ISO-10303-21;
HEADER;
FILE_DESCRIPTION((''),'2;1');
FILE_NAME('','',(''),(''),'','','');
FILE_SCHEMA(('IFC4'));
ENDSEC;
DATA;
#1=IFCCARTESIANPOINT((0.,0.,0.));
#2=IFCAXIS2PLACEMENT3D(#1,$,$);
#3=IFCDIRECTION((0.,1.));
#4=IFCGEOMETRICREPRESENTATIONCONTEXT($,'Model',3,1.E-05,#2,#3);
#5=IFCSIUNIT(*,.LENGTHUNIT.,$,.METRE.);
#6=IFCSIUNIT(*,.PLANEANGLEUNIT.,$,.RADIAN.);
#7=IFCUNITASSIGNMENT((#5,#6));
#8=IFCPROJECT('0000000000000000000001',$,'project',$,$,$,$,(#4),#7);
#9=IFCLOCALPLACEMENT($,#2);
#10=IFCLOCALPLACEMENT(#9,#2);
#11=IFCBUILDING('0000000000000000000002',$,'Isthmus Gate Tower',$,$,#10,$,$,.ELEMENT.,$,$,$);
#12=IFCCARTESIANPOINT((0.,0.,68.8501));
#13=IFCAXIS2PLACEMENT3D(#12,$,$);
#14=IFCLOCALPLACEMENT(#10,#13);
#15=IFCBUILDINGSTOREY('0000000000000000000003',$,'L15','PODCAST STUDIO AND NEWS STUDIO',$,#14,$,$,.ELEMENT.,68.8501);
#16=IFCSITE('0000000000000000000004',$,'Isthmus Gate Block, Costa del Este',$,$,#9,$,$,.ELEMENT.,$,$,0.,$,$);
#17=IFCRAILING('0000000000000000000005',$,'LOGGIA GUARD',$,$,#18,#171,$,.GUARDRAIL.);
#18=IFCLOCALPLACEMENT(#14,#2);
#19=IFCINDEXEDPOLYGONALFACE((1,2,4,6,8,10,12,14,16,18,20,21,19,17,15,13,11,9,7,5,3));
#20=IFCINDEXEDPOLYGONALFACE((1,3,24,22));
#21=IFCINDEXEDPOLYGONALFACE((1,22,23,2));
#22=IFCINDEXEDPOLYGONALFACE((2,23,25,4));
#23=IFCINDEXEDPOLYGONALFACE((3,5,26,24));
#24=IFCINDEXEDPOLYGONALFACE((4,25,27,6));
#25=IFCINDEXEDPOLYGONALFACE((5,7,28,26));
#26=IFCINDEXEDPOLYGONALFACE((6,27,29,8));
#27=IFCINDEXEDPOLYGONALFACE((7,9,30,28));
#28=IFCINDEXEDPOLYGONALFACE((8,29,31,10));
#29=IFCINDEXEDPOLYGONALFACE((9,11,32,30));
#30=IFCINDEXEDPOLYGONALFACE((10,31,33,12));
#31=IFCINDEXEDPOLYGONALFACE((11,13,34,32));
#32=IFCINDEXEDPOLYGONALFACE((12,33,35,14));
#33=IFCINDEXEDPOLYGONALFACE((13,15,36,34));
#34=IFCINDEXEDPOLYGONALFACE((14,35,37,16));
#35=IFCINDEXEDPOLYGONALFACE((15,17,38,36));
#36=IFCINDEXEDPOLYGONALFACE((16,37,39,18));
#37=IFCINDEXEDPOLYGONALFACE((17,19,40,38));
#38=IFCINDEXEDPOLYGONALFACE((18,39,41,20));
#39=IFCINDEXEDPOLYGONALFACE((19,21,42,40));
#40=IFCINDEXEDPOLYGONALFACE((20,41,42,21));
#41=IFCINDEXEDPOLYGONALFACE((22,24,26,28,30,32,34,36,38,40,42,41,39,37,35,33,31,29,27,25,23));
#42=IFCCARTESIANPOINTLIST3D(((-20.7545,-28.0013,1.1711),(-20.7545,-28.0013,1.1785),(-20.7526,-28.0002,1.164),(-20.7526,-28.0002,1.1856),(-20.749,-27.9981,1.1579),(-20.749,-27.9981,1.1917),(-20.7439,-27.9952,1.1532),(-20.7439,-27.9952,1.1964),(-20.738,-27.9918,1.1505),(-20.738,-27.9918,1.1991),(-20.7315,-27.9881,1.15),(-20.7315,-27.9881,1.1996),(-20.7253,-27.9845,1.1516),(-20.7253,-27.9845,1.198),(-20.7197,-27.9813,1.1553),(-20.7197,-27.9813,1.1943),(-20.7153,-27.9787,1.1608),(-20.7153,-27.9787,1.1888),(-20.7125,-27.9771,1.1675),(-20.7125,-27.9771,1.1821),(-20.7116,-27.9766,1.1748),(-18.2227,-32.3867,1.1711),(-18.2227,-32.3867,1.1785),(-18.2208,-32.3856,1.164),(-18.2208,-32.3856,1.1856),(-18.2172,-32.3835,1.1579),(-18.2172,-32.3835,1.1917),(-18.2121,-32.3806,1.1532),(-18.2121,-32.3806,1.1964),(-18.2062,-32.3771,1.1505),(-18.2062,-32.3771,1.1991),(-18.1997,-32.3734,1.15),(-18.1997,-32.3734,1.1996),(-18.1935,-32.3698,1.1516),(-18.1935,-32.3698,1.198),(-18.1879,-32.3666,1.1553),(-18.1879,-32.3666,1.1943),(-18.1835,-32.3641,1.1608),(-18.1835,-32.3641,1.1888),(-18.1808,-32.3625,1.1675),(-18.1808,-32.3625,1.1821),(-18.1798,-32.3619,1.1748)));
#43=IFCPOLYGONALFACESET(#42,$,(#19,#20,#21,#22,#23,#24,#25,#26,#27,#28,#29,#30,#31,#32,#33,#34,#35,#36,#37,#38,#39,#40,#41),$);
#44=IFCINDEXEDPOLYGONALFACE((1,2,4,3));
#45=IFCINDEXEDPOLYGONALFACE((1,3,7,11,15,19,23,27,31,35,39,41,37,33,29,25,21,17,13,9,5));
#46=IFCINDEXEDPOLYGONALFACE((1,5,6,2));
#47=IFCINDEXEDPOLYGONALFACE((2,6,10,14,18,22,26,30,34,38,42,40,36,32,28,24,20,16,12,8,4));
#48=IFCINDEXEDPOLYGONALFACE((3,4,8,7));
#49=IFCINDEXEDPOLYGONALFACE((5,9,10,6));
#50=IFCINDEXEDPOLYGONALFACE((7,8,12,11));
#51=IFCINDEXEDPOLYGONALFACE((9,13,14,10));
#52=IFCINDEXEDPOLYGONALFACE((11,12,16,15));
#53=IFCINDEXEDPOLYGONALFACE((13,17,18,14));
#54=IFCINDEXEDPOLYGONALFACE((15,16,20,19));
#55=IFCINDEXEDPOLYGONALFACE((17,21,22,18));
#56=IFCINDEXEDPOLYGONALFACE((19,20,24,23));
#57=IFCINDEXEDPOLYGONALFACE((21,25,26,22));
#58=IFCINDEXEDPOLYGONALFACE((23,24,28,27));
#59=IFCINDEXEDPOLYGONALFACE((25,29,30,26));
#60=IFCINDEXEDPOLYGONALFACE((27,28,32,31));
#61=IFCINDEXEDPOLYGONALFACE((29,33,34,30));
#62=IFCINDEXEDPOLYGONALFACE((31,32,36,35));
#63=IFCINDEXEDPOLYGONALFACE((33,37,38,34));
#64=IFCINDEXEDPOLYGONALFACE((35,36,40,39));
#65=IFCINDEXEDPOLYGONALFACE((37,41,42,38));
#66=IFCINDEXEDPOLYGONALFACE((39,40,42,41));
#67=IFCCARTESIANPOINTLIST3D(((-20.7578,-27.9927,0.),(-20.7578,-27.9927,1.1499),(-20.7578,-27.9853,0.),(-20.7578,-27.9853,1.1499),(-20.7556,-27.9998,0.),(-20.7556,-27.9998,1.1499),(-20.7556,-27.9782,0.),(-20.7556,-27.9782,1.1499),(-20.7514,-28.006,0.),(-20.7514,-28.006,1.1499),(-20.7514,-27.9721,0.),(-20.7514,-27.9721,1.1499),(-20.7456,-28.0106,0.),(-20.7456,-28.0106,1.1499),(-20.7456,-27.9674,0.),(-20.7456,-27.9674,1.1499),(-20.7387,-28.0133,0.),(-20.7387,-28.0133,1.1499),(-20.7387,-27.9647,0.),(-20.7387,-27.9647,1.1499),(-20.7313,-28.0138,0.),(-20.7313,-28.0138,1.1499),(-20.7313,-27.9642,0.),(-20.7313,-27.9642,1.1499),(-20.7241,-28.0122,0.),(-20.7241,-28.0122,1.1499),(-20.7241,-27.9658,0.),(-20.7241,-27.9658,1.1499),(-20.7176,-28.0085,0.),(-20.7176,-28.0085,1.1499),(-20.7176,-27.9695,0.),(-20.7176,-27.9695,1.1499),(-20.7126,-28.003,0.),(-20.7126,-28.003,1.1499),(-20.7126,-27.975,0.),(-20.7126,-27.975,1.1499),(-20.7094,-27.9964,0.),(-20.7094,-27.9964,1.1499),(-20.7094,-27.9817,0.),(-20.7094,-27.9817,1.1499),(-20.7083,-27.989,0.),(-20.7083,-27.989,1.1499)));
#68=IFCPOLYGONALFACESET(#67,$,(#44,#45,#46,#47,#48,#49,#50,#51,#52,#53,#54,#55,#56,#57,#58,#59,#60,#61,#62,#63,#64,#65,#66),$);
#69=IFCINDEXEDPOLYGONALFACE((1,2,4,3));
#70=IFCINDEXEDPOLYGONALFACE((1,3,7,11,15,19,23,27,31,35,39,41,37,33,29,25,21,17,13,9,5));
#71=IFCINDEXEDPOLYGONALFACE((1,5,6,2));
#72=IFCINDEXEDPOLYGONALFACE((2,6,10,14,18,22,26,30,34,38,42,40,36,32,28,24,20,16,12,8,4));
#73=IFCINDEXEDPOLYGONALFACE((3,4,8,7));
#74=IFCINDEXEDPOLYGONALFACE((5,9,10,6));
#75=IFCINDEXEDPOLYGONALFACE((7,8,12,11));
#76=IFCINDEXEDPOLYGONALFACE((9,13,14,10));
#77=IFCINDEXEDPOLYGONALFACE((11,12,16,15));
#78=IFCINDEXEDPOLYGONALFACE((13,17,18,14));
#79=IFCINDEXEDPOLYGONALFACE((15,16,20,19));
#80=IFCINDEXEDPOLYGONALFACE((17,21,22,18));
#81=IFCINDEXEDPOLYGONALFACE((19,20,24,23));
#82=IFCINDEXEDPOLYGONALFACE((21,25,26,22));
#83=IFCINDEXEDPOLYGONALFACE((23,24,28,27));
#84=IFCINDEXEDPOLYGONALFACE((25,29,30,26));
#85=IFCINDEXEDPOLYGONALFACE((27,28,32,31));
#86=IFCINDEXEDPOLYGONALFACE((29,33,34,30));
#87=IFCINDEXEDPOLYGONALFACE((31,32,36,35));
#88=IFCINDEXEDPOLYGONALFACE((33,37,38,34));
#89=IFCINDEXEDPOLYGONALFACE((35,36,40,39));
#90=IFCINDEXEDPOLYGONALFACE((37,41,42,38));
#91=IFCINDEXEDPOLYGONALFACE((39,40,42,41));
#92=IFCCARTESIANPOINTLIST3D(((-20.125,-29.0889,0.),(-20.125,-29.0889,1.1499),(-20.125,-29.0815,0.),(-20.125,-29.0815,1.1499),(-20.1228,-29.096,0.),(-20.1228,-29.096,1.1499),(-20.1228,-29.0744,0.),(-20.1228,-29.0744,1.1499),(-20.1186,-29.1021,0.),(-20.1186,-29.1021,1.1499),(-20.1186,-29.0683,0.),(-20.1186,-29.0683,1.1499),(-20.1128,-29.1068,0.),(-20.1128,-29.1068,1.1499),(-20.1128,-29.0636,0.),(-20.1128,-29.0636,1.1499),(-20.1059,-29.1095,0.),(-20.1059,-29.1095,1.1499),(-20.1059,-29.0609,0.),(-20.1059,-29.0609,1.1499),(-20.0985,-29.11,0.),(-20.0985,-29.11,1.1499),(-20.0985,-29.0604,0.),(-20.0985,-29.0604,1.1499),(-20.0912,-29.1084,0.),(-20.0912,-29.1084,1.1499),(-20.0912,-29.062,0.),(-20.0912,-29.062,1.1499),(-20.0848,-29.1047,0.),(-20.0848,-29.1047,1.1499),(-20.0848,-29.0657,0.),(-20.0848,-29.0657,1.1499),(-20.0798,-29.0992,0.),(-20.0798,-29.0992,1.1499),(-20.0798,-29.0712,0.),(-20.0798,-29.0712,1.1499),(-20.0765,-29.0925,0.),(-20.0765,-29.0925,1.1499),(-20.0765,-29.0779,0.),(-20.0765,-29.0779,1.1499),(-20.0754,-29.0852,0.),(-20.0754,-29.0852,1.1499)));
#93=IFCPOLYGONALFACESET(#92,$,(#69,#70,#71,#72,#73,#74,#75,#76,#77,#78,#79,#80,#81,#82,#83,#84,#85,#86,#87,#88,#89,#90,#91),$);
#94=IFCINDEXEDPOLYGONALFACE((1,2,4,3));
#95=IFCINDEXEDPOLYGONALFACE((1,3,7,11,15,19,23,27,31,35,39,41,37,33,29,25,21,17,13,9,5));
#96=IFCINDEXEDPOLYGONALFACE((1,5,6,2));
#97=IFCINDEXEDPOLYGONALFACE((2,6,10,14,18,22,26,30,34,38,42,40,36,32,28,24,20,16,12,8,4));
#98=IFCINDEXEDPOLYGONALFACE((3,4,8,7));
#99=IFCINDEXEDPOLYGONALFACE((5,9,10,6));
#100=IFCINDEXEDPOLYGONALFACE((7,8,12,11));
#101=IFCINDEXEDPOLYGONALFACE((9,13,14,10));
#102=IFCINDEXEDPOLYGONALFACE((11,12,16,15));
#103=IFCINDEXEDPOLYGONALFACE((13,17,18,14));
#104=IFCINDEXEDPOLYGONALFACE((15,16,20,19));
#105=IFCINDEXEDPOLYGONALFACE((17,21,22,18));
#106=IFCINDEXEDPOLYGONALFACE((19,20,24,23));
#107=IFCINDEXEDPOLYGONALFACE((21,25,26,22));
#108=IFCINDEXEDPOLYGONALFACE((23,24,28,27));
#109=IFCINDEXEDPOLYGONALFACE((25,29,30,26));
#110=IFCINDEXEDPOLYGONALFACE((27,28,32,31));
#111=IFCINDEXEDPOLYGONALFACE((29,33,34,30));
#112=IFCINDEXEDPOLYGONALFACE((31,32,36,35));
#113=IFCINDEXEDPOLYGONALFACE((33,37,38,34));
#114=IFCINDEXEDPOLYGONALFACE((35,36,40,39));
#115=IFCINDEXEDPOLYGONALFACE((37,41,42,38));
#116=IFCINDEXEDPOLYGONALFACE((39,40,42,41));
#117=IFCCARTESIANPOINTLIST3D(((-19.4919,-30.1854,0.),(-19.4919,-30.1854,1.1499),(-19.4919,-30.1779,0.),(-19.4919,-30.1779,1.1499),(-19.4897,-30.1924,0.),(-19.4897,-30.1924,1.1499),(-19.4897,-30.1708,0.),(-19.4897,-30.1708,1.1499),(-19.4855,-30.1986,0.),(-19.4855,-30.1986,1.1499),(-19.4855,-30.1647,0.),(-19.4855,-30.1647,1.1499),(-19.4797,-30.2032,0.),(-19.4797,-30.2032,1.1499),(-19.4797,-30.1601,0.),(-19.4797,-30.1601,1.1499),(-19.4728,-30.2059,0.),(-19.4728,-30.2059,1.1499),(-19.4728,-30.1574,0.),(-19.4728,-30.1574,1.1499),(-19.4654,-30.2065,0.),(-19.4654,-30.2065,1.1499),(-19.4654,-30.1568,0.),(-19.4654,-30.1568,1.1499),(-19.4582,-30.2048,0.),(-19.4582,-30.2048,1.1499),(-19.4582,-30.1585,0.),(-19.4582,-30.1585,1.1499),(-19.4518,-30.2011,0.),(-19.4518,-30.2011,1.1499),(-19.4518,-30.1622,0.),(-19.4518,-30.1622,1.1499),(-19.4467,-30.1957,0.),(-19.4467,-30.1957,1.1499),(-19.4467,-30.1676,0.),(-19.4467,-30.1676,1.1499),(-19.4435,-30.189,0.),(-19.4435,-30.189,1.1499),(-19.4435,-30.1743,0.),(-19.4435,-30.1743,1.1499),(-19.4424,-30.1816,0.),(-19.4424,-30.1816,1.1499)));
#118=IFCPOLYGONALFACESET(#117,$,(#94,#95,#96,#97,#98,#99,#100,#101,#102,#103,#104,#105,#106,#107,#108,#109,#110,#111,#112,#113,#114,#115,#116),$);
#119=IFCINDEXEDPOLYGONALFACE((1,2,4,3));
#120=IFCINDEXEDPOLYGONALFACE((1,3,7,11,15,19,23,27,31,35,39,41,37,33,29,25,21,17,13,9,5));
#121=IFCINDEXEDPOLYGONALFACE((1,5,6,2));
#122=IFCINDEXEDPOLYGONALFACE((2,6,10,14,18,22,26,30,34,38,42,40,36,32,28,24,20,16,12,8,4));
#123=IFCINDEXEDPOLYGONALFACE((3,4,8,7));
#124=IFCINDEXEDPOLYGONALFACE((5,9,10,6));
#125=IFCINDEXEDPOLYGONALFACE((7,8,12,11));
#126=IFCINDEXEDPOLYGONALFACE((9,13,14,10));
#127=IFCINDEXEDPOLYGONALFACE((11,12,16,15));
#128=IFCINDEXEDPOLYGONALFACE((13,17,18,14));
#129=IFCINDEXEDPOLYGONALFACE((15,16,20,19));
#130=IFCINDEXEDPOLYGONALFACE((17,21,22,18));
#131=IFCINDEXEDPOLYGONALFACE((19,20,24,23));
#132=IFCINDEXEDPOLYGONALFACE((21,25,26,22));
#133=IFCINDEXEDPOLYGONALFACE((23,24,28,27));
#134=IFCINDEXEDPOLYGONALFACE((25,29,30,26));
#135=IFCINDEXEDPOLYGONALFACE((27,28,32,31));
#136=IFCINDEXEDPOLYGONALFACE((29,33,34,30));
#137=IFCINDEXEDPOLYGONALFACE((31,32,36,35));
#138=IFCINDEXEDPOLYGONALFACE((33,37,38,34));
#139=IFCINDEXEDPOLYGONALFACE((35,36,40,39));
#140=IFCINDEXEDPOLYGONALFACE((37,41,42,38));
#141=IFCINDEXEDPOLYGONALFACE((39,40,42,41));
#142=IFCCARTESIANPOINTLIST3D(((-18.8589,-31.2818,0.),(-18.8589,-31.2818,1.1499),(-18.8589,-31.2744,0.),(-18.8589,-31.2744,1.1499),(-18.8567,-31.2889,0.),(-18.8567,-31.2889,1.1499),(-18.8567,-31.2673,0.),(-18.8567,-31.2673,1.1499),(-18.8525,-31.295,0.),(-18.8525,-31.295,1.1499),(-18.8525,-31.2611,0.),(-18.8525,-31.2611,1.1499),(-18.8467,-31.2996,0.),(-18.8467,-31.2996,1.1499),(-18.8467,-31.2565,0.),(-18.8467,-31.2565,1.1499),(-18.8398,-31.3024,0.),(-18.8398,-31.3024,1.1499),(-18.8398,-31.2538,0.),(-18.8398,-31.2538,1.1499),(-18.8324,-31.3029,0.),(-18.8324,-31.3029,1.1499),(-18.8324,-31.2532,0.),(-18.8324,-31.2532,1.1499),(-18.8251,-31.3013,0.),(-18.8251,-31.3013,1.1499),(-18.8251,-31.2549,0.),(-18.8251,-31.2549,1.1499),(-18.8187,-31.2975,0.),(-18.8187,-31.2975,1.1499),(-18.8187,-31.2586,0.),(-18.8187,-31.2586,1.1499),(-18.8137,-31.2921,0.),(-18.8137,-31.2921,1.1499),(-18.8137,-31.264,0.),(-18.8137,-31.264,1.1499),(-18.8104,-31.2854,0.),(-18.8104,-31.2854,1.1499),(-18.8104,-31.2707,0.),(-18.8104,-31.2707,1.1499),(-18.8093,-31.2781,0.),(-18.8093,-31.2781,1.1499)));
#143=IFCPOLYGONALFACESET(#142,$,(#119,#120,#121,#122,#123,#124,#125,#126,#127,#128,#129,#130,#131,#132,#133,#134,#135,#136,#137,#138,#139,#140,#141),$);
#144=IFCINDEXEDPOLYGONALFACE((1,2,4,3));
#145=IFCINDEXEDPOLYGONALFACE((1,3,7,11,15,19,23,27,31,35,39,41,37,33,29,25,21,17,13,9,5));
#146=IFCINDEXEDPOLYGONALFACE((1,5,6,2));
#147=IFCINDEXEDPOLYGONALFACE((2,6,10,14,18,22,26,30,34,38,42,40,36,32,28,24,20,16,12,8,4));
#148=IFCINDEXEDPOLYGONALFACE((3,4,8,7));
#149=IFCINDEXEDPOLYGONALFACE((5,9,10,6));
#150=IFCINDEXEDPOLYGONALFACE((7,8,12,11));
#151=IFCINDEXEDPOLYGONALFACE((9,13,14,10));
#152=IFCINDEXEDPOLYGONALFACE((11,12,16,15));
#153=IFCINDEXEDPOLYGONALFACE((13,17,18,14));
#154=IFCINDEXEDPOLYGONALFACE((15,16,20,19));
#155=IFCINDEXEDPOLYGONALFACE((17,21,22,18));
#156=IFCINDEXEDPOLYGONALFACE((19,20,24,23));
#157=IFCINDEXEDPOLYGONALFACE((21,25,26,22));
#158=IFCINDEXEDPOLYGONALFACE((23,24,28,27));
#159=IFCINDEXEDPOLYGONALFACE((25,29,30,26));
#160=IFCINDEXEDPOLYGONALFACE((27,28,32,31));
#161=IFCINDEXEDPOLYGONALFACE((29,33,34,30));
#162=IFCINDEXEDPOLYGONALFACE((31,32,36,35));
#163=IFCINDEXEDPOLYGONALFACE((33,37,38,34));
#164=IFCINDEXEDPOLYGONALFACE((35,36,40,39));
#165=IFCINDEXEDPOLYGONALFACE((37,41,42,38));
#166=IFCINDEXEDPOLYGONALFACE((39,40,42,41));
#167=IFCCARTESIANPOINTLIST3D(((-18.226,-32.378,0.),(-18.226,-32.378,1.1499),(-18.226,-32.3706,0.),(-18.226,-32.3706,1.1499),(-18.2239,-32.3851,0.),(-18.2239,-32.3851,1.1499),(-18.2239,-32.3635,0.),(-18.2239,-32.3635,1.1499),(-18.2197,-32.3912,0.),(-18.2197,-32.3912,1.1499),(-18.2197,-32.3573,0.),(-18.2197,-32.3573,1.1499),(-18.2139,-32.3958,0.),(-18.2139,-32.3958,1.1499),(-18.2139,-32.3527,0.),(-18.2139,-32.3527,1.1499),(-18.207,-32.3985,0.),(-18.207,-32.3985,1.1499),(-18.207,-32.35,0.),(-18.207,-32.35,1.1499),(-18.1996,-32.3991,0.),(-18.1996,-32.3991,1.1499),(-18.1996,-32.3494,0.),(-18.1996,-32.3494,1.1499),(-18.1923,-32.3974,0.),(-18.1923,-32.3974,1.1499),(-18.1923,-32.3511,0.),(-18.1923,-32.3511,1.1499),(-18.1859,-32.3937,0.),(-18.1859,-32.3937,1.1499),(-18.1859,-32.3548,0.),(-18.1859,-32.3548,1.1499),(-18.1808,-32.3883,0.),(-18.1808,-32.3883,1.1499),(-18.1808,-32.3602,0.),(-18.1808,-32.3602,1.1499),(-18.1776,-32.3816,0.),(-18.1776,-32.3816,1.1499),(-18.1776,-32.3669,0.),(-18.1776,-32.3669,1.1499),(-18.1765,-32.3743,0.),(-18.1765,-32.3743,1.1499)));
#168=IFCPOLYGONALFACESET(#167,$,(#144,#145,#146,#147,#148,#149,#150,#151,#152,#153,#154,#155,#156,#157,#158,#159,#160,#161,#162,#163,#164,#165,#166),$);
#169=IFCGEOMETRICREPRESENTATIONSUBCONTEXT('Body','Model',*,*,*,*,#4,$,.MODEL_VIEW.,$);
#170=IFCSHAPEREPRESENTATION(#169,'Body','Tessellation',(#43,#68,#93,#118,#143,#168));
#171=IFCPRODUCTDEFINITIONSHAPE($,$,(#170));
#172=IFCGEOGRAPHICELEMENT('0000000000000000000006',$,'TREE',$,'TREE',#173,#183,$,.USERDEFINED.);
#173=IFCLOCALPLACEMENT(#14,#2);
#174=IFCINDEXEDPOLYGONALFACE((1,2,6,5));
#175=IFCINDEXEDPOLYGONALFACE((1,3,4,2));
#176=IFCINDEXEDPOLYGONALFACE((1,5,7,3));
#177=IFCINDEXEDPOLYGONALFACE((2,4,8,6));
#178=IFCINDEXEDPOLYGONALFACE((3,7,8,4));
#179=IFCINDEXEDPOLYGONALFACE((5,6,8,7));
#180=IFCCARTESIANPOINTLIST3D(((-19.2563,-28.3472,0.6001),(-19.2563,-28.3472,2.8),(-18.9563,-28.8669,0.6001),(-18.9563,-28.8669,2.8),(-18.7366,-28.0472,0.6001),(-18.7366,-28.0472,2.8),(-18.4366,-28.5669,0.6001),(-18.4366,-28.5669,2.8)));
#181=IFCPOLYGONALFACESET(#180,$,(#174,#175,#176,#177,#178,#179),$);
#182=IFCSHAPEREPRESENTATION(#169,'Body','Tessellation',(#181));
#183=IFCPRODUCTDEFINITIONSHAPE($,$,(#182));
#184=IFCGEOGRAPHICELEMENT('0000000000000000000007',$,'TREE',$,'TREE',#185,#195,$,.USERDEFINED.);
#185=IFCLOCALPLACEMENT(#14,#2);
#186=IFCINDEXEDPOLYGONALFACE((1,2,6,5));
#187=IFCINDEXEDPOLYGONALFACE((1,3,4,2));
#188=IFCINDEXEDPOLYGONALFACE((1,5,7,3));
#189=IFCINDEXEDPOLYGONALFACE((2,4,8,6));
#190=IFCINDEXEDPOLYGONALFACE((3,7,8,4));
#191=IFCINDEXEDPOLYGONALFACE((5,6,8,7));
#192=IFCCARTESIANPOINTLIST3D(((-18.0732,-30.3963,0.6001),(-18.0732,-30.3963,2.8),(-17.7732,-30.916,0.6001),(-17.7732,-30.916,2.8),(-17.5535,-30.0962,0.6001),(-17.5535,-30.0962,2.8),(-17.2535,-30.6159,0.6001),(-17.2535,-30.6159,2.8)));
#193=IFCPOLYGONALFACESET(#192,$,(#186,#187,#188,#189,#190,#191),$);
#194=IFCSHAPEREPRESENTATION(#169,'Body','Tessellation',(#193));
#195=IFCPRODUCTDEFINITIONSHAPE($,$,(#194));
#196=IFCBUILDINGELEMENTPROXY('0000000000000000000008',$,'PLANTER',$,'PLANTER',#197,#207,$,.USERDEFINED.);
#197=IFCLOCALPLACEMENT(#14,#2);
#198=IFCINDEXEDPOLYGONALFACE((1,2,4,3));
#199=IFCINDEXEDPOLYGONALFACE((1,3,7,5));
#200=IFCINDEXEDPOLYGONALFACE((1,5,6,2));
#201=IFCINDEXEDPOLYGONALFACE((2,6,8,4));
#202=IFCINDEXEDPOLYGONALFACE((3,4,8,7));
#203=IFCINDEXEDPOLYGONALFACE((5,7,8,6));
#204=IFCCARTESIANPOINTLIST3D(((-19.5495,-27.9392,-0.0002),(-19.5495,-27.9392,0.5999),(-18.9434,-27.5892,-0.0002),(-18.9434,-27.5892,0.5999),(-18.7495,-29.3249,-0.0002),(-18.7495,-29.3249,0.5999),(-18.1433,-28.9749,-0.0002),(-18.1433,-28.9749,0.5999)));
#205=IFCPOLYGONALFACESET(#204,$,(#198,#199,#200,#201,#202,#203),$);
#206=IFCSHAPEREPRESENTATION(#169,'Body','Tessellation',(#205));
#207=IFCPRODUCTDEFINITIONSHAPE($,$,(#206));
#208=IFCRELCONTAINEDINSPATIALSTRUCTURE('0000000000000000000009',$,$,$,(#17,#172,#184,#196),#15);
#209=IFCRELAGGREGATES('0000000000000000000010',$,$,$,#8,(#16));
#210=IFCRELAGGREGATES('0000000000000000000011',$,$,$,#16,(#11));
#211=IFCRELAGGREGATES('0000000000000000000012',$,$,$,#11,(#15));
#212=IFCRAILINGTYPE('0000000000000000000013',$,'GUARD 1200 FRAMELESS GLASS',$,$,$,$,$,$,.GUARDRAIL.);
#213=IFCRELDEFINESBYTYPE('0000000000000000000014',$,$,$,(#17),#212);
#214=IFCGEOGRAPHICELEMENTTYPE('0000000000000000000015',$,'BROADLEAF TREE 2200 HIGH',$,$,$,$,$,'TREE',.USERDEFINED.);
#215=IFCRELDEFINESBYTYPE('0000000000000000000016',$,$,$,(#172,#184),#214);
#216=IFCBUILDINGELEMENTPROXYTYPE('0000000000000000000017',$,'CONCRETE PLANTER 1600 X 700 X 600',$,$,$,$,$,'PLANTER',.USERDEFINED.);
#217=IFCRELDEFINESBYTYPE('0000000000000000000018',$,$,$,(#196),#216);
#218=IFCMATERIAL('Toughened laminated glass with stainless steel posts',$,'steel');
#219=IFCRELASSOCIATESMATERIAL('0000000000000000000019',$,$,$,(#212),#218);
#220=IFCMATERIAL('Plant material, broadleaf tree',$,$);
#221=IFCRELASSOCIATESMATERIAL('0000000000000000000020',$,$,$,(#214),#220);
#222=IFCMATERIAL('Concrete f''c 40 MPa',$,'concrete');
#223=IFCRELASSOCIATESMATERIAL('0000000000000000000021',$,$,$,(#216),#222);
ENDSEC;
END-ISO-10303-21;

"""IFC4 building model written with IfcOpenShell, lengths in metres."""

from ifc_helpers import new_model, si_unit, direction, frame, origin, origin_2d, place, context, subcontext, project, spatial, rectangle, circle, extrude, material, type_object, element, save


model = new_model("IFC4")

# Units and contexts
model_context = context("Model", 3, precision=1e-05, world=origin(), true_north=direction((0.0, 1.0)))
body_context = subcontext(model_context, "Body", "Model", "MODEL_VIEW")
ifc_project = project(units=[si_unit("LENGTHUNIT", "METRE"), si_unit("PLANEANGLEUNIT", "RADIAN")], contexts=[model_context])

# Site, building, storey
site_placement = place(None, origin())
site = spatial("IfcSite", under=ifc_project, at=site_placement, Name="Isthmus Gate Block, Costa del Este", CompositionType="ELEMENT", RefElevation=0.0)
building_placement = place(site_placement, origin())
building = spatial("IfcBuilding", under=site, at=building_placement, Name="Isthmus Gate Tower", CompositionType="ELEMENT")
storey_placement = place(building_placement, frame((0.0, 0.0, 68.8501)))
storey = spatial("IfcBuildingStorey", under=building, at=storey_placement, Name="L15", Description="PODCAST STUDIO AND NEWS STUDIO", CompositionType="ELEMENT", Elevation=68.8501)

# Railing
ifc_material_1 = material(Name="Toughened laminated glass with stainless steel posts", Category="steel")
railing_type = type_object("IfcRailingType", Name="GUARD 1200 FRAMELESS GLASS", PredefinedType="GUARDRAIL", material=ifc_material_1)
railing_placement = place(storey_placement, frame((-20.7332, -27.989, 0.0)))
element("IfcRailing", 1, at=railing_placement, inside=storey, type_object=railing_type, Name="LOGGIA GUARD", PredefinedType="GUARDRAIL", context=body_context, shape_type="SweptSolid", body=[
    extrude(circle(Radius=0.0249, at=origin_2d()), frame((0.0, 0.0, 1.1748), z_axis=(0.499987, -0.866033, 0.0), x_axis=(0.866033, 0.499987, 0.0)), (0.0, 0.0, 1.0), 5.0637),
    extrude(circle(Radius=0.0249, at=origin_2d()), origin(), (0.0, 0.0, 1.0), 1.1499),
    extrude(circle(Radius=0.0249, at=origin_2d()), frame((0.6328, -1.0962, 0.0)), (0.0, 0.0, 1.0), 1.1499),
    extrude(circle(Radius=0.0249, at=origin_2d()), frame((1.2659, -2.1926, 0.0)), (0.0, 0.0, 1.0), 1.1499),
    extrude(circle(Radius=0.0249, at=origin_2d()), frame((1.8989, -3.2891, 0.0)), (0.0, 0.0, 1.0), 1.1499),
    extrude(circle(Radius=0.0249, at=origin_2d()), frame((2.5317, -4.3853, 0.0)), (0.0, 0.0, 1.0), 1.1499),
])

# Geographic elements
ifc_material_2 = material(Name="Plant material, broadleaf tree")
geographic_element_type = type_object("IfcGeographicElementType", Name="BROADLEAF TREE 2200 HIGH", ElementType="TREE", PredefinedType="USERDEFINED", material=ifc_material_2)
for number, where, z_axis, x_axis, name in (
    (2, (-18.8464, -28.457, 0.6001), (0.0, 0.0, 1.0), (0.5, -0.866025, 0.0), "TREE"),
    (3, (-17.6633, -30.5061, 0.6001), (0.0, 0.0, 1.0), (0.5, -0.866025, 0.0), "TREE"),
):
    element("IfcGeographicElement", number, at=place(storey_placement, frame(where, z_axis=z_axis, x_axis=x_axis)), inside=storey, type_object=geographic_element_type, Name=name, ObjectType="TREE", PredefinedType="USERDEFINED", context=body_context, shape_type="SweptSolid", body=[
        extrude(rectangle(XDim=0.6001, YDim=0.6001, at=origin_2d()), origin(), (0.0, 0.0, 1.0), 2.2),
    ])

# Building element proxy
ifc_material_3 = material(Name="Concrete f'c 40 MPa", Category="concrete")
building_element_proxy_type = type_object("IfcBuildingElementProxyType", Name="CONCRETE PLANTER 1600 X 700 X 600", ElementType="PLANTER", PredefinedType="USERDEFINED", material=ifc_material_3)
for number, where, z_axis, x_axis, name in (
    (4, (-18.8464, -28.457, -0.0002), (0.0, 0.0, 1.0), (0.5, -0.866025, 0.0), "PLANTER"),
):
    element("IfcBuildingElementProxy", number, at=place(storey_placement, frame(where, z_axis=z_axis, x_axis=x_axis)), inside=storey, type_object=building_element_proxy_type, Name=name, ObjectType="PLANTER", PredefinedType="USERDEFINED", context=body_context, shape_type="SweptSolid", body=[
        extrude(rectangle(XDim=1.6001, YDim=0.7, at=origin_2d()), origin(), (0.0, 0.0, 1.0), 0.6001),
    ])

save(model, "model.ifc")
